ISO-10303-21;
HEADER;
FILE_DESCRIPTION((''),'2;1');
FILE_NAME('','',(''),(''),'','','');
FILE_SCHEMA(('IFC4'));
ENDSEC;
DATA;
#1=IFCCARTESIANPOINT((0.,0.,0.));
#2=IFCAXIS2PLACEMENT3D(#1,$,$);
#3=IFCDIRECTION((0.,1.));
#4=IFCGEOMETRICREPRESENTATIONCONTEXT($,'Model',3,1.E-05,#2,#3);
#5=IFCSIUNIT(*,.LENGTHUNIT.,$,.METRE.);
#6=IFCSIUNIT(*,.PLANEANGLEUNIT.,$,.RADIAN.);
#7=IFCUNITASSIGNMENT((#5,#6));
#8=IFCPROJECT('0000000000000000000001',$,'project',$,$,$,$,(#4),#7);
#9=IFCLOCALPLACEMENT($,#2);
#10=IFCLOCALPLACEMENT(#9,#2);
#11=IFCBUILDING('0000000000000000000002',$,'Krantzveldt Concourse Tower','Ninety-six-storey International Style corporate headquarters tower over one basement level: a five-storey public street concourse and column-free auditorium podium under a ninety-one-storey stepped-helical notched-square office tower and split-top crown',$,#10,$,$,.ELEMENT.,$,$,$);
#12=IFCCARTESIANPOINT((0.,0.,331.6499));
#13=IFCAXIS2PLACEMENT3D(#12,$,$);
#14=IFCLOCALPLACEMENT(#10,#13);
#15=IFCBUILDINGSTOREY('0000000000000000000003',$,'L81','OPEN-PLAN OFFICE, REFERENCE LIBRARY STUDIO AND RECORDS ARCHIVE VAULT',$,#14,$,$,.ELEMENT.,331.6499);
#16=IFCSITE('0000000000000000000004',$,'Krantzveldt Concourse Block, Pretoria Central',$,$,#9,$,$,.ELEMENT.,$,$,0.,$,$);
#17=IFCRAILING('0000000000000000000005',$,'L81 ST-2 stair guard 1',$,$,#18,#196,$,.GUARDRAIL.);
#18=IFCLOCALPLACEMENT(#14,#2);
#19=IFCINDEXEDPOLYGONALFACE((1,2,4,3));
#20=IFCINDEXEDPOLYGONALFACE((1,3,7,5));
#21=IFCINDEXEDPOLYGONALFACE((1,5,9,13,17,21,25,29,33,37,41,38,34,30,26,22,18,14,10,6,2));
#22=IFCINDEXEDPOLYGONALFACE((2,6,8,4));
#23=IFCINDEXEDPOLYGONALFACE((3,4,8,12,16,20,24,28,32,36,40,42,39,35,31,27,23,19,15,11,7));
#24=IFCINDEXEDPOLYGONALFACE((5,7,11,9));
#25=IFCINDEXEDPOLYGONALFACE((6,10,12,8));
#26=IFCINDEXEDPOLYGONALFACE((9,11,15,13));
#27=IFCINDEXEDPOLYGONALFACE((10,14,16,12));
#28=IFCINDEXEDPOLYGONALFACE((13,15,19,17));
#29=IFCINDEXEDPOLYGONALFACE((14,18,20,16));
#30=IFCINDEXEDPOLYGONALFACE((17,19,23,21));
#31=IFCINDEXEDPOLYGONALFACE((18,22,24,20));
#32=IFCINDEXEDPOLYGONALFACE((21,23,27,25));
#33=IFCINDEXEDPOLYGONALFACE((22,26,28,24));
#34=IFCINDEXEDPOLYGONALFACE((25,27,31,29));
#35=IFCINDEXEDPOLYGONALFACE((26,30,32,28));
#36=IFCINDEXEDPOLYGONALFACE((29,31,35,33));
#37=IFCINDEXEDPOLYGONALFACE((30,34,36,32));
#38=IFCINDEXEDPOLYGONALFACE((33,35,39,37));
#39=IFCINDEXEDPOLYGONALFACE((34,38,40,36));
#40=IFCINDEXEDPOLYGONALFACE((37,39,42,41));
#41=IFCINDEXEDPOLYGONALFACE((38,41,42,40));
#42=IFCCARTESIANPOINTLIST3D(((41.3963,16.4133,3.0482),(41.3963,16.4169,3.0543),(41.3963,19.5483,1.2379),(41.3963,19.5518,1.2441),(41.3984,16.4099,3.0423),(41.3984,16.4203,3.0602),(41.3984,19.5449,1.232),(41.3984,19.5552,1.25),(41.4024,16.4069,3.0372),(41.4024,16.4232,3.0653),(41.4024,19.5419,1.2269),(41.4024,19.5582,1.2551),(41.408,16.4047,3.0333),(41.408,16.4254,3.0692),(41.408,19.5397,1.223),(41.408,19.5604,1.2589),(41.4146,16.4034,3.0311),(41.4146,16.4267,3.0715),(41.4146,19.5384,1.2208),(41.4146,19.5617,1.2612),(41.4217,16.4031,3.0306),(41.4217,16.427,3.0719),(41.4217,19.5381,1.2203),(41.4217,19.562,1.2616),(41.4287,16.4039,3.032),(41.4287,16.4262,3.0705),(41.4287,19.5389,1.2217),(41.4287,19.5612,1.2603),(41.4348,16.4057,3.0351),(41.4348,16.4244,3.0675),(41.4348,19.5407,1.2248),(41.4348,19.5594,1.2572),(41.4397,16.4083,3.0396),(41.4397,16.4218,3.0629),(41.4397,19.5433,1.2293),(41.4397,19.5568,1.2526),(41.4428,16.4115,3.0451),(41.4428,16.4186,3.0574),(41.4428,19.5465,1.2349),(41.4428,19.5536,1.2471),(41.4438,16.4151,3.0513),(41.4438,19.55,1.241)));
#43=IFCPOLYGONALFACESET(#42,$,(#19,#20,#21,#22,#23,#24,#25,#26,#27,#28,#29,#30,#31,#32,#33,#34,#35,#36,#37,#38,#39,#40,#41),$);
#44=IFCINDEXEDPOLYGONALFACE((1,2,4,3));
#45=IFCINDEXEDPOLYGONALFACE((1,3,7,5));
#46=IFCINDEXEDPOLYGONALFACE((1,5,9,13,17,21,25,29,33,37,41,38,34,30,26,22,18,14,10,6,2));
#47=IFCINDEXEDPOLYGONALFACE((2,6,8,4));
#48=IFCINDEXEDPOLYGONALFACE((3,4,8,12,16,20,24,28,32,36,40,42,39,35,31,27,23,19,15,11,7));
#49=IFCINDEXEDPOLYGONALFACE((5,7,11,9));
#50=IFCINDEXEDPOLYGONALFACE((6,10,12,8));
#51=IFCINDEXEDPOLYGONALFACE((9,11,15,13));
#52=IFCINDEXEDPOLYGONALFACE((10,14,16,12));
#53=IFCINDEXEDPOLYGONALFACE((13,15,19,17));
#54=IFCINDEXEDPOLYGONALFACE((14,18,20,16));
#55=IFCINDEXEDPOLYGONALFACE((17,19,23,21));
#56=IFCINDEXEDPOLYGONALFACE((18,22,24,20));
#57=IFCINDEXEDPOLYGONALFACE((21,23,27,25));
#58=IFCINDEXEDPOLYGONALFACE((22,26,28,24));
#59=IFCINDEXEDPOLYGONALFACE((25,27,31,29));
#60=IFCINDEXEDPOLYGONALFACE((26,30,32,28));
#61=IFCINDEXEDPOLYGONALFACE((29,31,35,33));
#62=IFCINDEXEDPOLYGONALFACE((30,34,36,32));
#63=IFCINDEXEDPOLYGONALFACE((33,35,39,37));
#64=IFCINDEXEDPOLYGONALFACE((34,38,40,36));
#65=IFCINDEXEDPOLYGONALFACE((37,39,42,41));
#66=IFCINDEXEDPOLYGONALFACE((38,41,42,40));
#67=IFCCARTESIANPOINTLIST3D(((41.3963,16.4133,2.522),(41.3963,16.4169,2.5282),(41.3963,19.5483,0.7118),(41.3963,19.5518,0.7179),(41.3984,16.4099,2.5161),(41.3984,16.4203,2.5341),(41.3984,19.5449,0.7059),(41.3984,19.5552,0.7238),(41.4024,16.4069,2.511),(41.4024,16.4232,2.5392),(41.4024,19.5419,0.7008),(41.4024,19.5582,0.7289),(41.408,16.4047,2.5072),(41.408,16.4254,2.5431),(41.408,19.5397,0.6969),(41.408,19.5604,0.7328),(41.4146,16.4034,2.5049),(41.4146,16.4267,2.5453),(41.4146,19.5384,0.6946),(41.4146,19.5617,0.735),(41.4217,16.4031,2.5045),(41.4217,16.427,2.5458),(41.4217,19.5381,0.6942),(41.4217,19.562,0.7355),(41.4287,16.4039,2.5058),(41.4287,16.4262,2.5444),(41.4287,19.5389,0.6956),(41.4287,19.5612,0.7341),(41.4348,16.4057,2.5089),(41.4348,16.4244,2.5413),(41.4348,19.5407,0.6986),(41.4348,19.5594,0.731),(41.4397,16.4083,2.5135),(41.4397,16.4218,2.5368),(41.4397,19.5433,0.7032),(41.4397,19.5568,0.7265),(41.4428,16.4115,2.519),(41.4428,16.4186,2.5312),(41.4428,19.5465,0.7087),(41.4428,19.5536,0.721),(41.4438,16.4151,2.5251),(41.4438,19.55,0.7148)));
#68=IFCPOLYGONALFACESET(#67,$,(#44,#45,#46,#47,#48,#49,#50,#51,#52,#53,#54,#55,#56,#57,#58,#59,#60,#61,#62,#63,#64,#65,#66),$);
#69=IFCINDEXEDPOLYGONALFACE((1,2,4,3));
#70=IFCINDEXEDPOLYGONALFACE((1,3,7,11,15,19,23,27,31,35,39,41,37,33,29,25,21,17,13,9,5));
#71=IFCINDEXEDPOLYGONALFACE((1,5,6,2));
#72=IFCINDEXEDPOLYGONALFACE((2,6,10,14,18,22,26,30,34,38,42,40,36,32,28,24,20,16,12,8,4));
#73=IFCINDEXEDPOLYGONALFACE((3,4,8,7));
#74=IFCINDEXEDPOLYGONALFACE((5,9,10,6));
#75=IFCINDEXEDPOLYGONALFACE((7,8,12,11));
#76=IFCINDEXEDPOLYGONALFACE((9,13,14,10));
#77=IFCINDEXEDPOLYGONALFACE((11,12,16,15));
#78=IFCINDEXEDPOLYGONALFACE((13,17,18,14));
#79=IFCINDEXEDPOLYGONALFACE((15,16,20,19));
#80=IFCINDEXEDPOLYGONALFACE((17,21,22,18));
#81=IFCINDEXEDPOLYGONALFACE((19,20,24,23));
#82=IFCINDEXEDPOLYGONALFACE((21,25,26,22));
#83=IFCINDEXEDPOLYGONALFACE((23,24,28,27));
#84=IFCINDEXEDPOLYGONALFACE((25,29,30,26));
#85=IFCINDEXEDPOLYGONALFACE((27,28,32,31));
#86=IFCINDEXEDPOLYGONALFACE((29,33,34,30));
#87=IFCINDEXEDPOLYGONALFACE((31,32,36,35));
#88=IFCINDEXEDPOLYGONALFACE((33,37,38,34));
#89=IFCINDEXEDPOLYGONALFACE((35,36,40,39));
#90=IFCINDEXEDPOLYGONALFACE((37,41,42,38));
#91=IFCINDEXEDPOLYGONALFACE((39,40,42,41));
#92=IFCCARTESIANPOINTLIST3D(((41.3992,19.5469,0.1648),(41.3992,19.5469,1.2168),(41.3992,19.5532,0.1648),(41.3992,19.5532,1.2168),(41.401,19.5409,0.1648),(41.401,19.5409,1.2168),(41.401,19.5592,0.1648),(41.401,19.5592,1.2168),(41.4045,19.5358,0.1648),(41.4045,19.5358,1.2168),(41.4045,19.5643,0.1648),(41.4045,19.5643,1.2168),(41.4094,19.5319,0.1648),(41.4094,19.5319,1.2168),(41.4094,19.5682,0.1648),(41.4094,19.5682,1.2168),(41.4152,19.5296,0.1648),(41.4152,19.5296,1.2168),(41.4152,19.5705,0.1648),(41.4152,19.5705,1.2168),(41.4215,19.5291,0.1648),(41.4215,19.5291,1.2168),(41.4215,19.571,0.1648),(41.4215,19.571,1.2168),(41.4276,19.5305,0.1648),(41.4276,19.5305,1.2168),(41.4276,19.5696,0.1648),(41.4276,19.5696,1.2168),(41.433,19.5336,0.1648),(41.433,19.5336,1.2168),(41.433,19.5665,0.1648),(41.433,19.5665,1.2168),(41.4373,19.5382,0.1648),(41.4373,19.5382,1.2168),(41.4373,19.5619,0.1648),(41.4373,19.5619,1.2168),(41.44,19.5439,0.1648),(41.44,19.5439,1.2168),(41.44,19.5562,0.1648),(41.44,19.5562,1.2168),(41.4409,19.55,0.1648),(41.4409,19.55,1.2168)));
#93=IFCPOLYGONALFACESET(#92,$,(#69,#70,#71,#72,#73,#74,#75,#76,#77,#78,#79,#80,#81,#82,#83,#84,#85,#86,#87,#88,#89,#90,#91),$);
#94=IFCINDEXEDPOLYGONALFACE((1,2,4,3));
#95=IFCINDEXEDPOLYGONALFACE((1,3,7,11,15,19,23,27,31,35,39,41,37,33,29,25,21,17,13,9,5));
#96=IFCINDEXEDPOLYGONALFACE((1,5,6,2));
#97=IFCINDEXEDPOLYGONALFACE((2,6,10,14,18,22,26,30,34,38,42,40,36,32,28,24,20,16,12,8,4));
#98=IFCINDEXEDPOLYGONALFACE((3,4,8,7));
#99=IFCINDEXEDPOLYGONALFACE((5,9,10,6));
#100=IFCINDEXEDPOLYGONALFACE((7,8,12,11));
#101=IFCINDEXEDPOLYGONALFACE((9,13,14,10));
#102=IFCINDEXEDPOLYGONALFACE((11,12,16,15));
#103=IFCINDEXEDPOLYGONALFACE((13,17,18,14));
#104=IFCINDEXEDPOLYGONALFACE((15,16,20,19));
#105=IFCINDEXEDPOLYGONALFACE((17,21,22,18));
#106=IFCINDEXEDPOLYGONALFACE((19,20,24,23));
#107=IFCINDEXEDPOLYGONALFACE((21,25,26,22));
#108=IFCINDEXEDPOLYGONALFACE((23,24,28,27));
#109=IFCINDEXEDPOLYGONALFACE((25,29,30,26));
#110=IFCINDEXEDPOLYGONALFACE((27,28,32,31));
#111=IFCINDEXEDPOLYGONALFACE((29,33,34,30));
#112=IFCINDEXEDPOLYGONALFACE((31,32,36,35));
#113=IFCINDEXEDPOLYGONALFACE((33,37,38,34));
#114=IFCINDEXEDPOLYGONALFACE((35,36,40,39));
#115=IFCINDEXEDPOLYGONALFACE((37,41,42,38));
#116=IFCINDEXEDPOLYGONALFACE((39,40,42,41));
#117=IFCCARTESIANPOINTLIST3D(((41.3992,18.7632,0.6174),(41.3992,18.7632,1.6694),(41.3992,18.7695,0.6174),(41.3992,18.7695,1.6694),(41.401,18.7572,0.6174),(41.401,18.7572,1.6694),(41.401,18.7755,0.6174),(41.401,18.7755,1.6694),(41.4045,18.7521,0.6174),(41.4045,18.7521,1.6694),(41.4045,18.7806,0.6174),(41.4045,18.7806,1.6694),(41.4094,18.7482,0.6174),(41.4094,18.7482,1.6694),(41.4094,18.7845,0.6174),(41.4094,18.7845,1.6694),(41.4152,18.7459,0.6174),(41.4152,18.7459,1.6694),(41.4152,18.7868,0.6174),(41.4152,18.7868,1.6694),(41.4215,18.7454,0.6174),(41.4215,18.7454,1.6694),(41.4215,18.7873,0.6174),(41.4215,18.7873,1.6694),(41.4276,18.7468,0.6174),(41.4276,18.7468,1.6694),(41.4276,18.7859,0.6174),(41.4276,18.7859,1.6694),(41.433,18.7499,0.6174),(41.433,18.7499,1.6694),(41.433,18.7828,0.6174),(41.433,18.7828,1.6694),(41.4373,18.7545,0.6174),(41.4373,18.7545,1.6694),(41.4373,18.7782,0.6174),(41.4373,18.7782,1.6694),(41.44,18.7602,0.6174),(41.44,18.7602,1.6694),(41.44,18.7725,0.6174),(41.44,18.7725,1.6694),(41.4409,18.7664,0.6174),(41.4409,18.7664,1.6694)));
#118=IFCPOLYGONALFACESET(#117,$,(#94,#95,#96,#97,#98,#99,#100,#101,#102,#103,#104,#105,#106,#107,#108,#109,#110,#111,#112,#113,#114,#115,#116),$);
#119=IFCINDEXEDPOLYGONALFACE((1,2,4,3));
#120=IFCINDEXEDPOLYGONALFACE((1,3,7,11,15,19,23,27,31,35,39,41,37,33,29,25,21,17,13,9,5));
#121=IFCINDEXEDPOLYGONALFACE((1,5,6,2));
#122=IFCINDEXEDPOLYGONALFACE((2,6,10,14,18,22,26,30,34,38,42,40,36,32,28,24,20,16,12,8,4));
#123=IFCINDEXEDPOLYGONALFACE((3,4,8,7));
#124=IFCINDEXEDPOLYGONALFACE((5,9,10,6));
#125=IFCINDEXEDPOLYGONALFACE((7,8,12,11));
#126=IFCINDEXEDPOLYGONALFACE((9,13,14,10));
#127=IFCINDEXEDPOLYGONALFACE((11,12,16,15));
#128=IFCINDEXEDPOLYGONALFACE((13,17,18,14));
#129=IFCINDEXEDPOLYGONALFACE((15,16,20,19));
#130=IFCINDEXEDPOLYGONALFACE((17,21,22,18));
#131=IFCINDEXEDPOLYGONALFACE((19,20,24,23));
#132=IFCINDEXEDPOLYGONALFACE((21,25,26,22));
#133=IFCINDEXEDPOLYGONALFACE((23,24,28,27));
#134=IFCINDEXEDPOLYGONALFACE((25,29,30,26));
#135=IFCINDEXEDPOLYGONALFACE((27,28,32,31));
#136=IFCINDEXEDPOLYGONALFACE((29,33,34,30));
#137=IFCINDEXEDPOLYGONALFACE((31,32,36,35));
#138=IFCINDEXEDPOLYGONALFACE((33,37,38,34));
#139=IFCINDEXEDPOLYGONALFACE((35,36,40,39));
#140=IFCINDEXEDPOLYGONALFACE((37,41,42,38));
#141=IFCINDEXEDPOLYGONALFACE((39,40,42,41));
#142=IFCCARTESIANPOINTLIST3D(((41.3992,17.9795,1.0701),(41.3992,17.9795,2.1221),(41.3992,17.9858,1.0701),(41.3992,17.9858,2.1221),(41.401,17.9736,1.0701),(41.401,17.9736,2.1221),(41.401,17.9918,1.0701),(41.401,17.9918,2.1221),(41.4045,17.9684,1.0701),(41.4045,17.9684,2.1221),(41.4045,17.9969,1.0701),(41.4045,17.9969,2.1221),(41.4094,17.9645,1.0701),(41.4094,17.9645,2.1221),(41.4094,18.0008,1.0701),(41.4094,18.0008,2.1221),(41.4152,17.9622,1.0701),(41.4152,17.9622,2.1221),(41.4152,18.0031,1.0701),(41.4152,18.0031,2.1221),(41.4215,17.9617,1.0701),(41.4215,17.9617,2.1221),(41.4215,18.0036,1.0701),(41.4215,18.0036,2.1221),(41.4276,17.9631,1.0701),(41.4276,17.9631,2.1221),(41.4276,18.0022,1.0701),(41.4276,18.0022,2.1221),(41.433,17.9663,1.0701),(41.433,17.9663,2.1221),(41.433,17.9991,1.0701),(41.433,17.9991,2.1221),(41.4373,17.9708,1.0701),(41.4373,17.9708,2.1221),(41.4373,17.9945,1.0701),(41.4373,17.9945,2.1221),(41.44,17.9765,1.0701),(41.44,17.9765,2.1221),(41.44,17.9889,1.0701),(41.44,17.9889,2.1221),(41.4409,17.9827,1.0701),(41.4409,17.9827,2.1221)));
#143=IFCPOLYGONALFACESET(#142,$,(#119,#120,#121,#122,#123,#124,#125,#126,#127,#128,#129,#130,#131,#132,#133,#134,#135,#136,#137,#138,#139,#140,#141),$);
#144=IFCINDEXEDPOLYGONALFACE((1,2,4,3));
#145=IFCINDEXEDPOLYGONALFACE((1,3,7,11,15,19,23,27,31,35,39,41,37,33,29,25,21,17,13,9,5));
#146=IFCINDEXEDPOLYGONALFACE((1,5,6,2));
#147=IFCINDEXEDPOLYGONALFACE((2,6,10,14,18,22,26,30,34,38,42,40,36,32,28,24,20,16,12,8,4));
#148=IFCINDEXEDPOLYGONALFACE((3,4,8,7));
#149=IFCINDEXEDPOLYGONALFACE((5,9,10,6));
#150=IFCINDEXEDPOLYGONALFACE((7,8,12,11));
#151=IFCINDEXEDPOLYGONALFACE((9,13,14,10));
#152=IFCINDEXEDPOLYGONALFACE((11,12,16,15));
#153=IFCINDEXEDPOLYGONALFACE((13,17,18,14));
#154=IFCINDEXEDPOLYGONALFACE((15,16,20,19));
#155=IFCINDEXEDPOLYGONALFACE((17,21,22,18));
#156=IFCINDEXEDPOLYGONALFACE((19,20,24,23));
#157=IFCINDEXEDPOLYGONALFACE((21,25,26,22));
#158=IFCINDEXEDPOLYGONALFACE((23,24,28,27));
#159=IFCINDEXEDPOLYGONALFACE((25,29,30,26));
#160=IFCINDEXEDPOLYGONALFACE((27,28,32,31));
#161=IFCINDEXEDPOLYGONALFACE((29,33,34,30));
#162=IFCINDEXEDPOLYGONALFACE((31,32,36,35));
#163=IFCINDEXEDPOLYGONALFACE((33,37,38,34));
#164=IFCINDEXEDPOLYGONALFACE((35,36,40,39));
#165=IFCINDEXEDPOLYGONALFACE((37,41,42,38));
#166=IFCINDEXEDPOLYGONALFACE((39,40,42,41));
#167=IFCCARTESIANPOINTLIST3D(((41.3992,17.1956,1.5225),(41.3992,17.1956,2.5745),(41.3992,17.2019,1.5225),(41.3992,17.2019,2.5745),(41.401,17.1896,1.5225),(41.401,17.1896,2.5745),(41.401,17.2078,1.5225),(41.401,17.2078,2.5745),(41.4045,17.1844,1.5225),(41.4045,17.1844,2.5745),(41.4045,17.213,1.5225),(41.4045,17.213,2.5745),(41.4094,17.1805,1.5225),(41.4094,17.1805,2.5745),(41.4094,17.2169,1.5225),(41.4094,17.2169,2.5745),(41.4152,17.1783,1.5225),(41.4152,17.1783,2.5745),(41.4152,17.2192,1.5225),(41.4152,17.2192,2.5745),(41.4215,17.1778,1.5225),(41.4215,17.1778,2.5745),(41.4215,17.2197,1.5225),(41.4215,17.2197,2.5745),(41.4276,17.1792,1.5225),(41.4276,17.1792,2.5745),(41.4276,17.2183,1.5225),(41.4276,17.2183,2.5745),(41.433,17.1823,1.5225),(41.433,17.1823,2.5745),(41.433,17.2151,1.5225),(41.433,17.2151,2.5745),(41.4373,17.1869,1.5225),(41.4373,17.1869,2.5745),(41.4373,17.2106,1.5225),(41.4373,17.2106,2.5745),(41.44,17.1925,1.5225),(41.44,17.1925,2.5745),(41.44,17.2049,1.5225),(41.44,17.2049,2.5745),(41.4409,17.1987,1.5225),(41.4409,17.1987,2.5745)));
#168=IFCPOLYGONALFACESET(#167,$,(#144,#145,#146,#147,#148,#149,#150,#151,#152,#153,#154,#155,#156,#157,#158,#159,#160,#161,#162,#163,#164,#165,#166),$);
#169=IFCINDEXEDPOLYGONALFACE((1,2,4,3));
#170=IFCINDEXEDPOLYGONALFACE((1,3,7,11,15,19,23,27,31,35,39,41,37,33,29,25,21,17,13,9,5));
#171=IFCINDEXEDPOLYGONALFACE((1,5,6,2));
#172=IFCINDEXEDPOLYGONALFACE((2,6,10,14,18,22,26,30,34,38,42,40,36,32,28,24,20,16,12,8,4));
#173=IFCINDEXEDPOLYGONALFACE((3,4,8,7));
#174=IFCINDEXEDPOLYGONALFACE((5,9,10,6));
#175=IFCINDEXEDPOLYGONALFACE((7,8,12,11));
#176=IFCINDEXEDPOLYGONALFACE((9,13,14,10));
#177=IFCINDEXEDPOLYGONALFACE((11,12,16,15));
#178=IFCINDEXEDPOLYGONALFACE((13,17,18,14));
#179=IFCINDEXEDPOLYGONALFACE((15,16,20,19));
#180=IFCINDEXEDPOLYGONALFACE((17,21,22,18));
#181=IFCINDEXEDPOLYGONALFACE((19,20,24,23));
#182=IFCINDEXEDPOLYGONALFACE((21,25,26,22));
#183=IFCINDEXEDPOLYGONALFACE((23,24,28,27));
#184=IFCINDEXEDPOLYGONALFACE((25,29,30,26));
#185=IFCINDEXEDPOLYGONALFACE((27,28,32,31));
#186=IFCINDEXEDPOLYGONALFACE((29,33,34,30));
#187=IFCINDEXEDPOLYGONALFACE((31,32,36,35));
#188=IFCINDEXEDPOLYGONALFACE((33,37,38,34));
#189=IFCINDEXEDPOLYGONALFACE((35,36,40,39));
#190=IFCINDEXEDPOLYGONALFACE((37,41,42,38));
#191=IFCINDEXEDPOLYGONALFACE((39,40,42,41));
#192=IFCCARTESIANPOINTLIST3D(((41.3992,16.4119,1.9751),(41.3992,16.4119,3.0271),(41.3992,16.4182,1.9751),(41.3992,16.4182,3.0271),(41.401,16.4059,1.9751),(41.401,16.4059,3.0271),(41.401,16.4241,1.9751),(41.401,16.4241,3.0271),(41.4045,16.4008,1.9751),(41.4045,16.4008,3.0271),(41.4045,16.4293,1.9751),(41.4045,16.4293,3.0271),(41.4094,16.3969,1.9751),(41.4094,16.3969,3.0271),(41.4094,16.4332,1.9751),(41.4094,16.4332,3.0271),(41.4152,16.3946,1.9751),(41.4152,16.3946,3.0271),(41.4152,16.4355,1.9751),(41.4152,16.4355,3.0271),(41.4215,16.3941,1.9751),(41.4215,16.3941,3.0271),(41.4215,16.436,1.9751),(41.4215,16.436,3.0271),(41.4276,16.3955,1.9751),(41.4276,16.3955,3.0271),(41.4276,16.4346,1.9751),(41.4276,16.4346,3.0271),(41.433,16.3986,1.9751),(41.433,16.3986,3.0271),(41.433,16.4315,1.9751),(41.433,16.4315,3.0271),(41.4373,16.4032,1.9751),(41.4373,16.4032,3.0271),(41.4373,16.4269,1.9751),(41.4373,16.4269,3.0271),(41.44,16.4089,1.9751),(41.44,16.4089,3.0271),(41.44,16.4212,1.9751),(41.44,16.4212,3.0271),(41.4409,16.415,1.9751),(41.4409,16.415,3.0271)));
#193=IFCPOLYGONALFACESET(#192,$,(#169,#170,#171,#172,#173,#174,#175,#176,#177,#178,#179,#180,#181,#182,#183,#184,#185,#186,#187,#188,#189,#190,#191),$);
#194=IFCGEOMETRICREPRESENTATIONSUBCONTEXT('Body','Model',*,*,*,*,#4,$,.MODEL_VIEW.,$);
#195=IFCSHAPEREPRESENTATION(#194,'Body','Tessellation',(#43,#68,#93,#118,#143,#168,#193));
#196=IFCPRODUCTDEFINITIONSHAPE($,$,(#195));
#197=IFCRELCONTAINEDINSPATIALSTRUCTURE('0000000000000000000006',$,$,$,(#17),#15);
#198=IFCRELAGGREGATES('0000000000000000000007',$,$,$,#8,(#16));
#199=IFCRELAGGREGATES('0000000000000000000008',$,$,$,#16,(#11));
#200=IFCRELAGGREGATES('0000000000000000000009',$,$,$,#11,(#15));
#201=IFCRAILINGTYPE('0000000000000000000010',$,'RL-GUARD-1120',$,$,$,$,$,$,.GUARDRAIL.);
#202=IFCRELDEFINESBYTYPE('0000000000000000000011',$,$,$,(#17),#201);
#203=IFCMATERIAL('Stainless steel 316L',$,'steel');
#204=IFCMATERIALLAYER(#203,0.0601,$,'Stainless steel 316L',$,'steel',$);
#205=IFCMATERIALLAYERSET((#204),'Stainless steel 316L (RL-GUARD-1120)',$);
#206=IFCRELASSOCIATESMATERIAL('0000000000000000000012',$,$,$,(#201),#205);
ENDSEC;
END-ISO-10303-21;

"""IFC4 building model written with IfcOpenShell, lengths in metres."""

from ifc_helpers import new_model, si_unit, direction, frame, origin, origin_2d, place, context, subcontext, project, spatial, circle, extrude, material, layer, layer_set, type_object, element, save


model = new_model("IFC4")

# Units and contexts
model_context = context("Model", 3, precision=1e-05, world=origin(), true_north=direction((0.0, 1.0)))
body_context = subcontext(model_context, "Body", "Model", "MODEL_VIEW")
ifc_project = project(units=[si_unit("LENGTHUNIT", "METRE"), si_unit("PLANEANGLEUNIT", "RADIAN")], contexts=[model_context])

# Site, building, storey
site_placement = place(None, origin())
site = spatial("IfcSite", under=ifc_project, at=site_placement, Name="Krantzveldt Concourse Block, Pretoria Central", CompositionType="ELEMENT", RefElevation=0.0)
building_placement = place(site_placement, origin())
building = spatial("IfcBuilding", under=site, at=building_placement, Name="Krantzveldt Concourse Tower", Description="Ninety-six-storey International Style corporate headquarters tower over one basement level: a five-storey public street concourse and column-free auditorium podium under a ninety-one-storey stepped-helical notched-square office tower and split-top crown", CompositionType="ELEMENT")
storey_placement = place(building_placement, frame((0.0, 0.0, 331.6499)))
storey = spatial("IfcBuildingStorey", under=building, at=storey_placement, Name="L81", Description="OPEN-PLAN OFFICE, REFERENCE LIBRARY STUDIO AND RECORDS ARCHIVE VAULT", CompositionType="ELEMENT", Elevation=331.6499)

# Shared definitions
ifc_material_1 = material(Name="Stainless steel 316L", Category="steel")

# Railing
ifc_layer_1 = layer(ifc_material_1, 0.0601, Name="Stainless steel 316L", Category="steel")
ifc_layer_set_1 = layer_set([ifc_layer_1], Name="Stainless steel 316L (RL-GUARD-1120)")
railing_type_1 = type_object("IfcRailingType", Name="RL-GUARD-1120", PredefinedType="GUARDRAIL", material=ifc_layer_set_1)
railing_1_placement = place(storey_placement, frame((41.4199, 19.55, 0.1648)))
element("IfcRailing", 1, at=railing_1_placement, inside=storey, type_object=railing_type_1, Name="L81 ST-2 stair guard 1", PredefinedType="GUARDRAIL", context=body_context, shape_type="SweptSolid", body=[
    extrude(circle(Radius=0.0239, at=origin_2d()), frame((0.0, 0.0, 1.0762), z_axis=(0.0, -0.865989, 0.500063), x_axis=(1.0, 0.0, 0.0)), (0.0, 0.0, 1.0), 3.6201),
    extrude(circle(Radius=0.0239, at=origin_2d()), frame((0.0, 0.0, 0.55), z_axis=(0.0, -0.865989, 0.500063), x_axis=(1.0, 0.0, 0.0)), (0.0, 0.0, 1.0), 3.6201),
    extrude(circle(Radius=0.021, at=origin_2d()), origin(), (0.0, 0.0, 1.0), 1.052),
    extrude(circle(Radius=0.021, at=origin_2d()), frame((0.0, -0.7837, 0.4526)), (0.0, 0.0, 1.0), 1.052),
    extrude(circle(Radius=0.021, at=origin_2d()), frame((0.0, -1.5674, 0.9053)), (0.0, 0.0, 1.0), 1.052),
    extrude(circle(Radius=0.021, at=origin_2d()), frame((0.0, -2.3513, 1.3577)), (0.0, 0.0, 1.0), 1.052),
    extrude(circle(Radius=0.021, at=origin_2d()), frame((0.0, -3.135, 1.8103)), (0.0, 0.0, 1.0), 1.052),
])

save(model, "model.ifc")
